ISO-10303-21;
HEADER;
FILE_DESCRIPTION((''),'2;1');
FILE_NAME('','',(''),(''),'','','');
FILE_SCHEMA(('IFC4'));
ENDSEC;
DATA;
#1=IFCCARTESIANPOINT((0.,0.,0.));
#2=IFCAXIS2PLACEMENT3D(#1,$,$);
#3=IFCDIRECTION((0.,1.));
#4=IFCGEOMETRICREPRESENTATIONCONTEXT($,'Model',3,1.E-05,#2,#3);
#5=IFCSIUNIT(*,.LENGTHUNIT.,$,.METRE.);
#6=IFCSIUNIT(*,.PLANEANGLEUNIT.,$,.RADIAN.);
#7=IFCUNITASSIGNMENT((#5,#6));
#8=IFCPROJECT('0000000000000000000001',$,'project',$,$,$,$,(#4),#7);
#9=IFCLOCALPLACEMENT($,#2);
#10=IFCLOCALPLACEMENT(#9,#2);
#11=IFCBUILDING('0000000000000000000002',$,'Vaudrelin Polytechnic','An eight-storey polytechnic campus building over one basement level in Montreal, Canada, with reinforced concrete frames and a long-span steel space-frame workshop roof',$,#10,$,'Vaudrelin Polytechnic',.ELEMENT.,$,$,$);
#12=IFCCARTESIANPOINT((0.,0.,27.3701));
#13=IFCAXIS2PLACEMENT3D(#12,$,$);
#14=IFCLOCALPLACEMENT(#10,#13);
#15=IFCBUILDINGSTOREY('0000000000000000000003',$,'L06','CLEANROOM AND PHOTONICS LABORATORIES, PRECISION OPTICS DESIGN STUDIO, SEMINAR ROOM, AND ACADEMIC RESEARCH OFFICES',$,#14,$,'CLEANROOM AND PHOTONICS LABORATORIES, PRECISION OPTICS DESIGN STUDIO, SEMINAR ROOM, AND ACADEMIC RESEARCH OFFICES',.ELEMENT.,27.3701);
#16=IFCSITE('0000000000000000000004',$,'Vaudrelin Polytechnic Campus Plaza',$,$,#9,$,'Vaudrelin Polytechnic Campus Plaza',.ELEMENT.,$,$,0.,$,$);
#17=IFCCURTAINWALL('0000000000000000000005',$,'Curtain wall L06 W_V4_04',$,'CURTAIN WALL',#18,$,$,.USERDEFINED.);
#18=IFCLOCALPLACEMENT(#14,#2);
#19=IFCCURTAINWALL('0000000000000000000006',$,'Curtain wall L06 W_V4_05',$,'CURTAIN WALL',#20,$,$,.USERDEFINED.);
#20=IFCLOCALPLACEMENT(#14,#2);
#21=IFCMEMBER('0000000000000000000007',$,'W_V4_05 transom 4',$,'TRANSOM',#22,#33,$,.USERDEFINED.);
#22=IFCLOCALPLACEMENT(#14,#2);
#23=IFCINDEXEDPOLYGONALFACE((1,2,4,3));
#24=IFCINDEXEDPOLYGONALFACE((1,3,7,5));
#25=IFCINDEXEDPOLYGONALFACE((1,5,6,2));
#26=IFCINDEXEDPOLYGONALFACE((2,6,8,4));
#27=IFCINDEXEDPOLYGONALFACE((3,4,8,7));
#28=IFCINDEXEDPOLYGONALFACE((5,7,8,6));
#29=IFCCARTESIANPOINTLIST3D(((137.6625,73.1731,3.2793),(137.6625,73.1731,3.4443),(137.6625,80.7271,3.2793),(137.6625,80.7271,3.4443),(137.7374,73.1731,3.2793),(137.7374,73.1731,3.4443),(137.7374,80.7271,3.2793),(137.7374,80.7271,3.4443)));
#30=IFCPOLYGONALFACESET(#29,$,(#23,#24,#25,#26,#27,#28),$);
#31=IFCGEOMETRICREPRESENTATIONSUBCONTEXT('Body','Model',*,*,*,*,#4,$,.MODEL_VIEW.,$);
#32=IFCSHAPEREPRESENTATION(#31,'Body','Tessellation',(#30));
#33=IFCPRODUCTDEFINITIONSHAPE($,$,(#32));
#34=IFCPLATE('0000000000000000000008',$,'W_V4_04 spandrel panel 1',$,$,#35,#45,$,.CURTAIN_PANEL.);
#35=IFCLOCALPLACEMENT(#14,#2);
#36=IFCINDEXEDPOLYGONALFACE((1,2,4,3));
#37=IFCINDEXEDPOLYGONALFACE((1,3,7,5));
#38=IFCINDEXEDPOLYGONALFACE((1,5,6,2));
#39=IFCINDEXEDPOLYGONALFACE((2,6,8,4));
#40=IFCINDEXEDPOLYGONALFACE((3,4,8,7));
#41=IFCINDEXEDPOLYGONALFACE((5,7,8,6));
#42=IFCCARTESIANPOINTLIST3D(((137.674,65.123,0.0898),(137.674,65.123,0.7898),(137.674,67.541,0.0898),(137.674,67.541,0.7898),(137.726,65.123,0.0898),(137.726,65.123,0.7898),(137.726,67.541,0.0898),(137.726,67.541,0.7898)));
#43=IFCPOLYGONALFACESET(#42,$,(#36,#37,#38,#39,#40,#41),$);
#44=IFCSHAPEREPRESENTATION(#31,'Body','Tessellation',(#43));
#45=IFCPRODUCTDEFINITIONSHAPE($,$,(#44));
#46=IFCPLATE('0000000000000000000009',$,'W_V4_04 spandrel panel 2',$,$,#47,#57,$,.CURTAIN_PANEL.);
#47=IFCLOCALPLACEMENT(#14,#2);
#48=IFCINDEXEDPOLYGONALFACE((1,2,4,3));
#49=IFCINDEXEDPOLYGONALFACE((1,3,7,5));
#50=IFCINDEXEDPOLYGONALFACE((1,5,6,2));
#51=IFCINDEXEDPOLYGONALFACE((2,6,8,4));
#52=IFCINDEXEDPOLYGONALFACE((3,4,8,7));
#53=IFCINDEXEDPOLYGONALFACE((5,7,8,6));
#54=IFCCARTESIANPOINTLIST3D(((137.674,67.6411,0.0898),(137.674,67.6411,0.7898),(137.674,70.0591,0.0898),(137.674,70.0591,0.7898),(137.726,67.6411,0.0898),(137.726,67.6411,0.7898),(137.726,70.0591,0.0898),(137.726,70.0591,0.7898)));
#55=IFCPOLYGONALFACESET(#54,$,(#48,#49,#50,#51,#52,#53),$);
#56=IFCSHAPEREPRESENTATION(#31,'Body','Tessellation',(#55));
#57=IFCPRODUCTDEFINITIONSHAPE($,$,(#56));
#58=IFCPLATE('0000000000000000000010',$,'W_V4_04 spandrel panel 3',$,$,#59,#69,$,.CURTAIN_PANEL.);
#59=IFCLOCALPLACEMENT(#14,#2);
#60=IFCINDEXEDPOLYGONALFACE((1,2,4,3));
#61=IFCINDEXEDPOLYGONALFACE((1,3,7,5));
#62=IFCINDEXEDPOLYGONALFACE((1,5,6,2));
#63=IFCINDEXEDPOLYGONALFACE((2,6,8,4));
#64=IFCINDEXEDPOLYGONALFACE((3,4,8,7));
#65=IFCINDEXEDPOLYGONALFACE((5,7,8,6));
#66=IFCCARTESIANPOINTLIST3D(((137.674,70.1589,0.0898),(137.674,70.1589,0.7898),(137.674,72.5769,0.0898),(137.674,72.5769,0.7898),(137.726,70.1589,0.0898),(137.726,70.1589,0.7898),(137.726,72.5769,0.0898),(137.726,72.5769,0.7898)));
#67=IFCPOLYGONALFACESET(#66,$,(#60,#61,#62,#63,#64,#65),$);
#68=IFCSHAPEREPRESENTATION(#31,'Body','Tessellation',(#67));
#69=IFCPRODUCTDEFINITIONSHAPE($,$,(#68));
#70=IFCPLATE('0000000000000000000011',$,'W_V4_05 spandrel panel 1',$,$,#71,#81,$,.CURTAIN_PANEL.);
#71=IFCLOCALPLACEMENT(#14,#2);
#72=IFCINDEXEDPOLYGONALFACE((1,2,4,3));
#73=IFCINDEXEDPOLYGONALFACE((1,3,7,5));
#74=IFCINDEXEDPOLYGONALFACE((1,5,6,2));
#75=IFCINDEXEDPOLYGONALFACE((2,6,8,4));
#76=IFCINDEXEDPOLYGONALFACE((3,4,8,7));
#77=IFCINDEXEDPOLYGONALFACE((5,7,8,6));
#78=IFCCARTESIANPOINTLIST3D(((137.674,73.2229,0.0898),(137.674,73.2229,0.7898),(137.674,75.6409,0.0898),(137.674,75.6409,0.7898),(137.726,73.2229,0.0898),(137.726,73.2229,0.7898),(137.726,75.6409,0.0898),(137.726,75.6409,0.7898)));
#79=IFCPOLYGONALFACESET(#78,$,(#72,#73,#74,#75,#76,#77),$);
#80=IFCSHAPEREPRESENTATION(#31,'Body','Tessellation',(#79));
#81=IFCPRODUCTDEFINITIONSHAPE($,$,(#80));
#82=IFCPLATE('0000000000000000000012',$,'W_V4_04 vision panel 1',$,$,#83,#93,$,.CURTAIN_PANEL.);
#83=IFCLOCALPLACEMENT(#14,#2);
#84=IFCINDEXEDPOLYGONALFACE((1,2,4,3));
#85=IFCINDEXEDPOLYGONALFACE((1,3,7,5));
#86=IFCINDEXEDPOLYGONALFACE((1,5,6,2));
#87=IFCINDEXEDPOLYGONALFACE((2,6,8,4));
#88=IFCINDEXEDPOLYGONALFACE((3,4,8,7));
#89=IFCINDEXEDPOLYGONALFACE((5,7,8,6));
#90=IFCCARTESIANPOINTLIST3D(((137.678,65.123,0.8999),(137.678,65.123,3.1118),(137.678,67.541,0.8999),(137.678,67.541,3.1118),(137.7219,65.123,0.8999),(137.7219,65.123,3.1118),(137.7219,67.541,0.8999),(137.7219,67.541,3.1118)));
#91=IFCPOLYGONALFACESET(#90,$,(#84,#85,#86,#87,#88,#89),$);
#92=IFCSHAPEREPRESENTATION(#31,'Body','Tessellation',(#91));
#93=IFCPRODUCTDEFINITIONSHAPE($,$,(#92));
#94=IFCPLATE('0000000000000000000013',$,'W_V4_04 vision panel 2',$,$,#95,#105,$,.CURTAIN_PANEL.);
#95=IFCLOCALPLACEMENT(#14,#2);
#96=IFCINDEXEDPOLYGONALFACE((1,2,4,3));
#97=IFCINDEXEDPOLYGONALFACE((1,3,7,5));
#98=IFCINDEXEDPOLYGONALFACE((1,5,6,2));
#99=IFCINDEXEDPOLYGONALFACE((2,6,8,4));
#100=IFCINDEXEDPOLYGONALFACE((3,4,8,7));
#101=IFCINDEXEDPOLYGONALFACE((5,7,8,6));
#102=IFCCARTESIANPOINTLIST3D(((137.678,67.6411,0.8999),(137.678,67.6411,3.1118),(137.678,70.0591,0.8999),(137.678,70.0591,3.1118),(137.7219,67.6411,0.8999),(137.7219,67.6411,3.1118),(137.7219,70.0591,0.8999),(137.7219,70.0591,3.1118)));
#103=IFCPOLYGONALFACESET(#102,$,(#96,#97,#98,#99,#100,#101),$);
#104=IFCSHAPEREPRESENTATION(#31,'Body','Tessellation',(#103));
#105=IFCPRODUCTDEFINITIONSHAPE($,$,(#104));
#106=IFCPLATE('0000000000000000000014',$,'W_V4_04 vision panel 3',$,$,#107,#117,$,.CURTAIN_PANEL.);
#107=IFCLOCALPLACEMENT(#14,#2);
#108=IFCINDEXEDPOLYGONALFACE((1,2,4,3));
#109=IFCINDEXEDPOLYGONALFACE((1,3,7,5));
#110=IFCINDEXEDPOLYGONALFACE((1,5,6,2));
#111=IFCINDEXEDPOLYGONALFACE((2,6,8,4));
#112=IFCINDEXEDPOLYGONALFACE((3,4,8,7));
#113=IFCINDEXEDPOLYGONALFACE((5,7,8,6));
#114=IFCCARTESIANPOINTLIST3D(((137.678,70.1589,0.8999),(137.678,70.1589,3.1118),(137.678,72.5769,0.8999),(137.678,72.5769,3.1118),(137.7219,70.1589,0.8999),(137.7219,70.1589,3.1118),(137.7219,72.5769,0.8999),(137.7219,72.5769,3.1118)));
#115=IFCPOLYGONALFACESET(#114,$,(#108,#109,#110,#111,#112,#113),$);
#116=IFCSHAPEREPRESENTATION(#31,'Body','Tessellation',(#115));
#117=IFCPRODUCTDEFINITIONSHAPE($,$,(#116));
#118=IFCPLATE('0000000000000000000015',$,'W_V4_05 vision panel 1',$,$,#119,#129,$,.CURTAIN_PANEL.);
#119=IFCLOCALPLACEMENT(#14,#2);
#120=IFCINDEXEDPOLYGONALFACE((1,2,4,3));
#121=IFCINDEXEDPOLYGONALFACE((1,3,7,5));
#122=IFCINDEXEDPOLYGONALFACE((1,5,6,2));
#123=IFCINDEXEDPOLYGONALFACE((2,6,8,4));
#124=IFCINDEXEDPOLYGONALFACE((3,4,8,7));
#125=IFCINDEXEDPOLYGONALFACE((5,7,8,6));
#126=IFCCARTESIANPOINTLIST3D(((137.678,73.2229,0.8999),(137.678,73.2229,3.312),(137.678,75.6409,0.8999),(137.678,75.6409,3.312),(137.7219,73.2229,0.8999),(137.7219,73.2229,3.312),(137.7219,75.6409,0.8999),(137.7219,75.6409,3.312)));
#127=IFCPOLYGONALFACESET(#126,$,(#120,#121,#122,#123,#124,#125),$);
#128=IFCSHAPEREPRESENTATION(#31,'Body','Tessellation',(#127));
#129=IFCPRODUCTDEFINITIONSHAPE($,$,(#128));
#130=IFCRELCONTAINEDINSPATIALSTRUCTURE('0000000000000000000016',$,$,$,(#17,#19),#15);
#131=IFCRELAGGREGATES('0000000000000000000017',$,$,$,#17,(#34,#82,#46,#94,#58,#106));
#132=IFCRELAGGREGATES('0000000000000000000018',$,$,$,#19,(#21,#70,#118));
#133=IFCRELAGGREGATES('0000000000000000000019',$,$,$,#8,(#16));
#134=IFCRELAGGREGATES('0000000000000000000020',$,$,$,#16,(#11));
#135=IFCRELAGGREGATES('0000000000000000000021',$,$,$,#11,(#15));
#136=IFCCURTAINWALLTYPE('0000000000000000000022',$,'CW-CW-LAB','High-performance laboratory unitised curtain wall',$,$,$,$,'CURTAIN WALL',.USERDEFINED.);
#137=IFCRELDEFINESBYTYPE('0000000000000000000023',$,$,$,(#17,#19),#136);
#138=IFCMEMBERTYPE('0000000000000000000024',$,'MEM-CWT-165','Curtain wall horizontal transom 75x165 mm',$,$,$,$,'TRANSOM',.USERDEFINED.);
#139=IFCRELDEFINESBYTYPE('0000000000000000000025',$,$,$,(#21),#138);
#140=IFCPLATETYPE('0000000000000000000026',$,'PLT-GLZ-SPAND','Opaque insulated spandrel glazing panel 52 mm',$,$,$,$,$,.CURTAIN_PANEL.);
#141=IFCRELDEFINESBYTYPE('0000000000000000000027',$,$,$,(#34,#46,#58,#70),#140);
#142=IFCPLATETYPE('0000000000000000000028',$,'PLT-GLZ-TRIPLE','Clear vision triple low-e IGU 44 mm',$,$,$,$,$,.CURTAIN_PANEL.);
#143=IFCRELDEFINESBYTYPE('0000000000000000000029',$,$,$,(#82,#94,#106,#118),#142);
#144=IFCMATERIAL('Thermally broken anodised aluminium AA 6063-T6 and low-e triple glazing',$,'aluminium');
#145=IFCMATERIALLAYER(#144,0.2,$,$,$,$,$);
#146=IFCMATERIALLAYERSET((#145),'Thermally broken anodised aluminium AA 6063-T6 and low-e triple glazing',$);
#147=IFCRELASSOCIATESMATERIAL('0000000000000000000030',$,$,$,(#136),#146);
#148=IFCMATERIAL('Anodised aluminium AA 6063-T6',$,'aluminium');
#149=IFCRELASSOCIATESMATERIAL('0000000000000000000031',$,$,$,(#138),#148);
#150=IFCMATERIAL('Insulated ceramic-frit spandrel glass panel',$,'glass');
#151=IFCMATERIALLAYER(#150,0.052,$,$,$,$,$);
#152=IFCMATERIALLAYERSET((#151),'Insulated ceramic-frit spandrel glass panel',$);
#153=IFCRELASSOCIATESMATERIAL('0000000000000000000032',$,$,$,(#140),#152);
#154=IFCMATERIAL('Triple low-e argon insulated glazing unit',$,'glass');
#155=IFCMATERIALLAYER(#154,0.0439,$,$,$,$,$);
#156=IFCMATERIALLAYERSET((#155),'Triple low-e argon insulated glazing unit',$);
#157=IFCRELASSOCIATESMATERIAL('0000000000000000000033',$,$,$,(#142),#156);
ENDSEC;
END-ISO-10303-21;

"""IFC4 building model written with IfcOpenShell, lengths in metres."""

from ifc_helpers import new_model, si_unit, direction, frame, origin, origin_2d, place, context, subcontext, project, spatial, rectangle, extrude, material, layer, layer_set, material_profile, profile_set, type_object, element, aggregate, save


model = new_model("IFC4")

# Units and contexts
model_context = context("Model", 3, precision=1e-05, world=origin(), true_north=direction((0.0, 1.0)))
body_context = subcontext(model_context, "Body", "Model", "MODEL_VIEW")
ifc_project = project(units=[si_unit("LENGTHUNIT", "METRE"), si_unit("PLANEANGLEUNIT", "RADIAN")], contexts=[model_context])

# Site, building, storey
site_placement = place(None, origin())
site = spatial("IfcSite", under=ifc_project, at=site_placement, Name="Vaudrelin Polytechnic Campus Plaza", LongName="Vaudrelin Polytechnic Campus Plaza", CompositionType="ELEMENT", RefElevation=0.0)
building_placement = place(site_placement, origin())
building = spatial("IfcBuilding", under=site, at=building_placement, Name="Vaudrelin Polytechnic", Description="An eight-storey polytechnic campus building over one basement level in Montreal, Canada, with reinforced concrete frames and a long-span steel space-frame workshop roof", LongName="Vaudrelin Polytechnic", CompositionType="ELEMENT")
storey_placement = place(building_placement, frame((0.0, 0.0, 27.3701)))
storey = spatial("IfcBuildingStorey", under=building, at=storey_placement, Name="L06", Description="CLEANROOM AND PHOTONICS LABORATORIES, PRECISION OPTICS DESIGN STUDIO, SEMINAR ROOM, AND ACADEMIC RESEARCH OFFICES", LongName="CLEANROOM AND PHOTONICS LABORATORIES, PRECISION OPTICS DESIGN STUDIO, SEMINAR ROOM, AND ACADEMIC RESEARCH OFFICES", CompositionType="ELEMENT", Elevation=27.3701)

# Curtain wall
ifc_material_1 = material(Name="Thermally broken anodised aluminium AA 6063-T6 and low-e triple glazing", Category="aluminium")
ifc_layer_1 = layer(ifc_material_1, 0.2)
ifc_layer_set_1 = layer_set([ifc_layer_1], Name="Thermally broken anodised aluminium AA 6063-T6 and low-e triple glazing")
curtain_wall_type = type_object("IfcCurtainWallType", Name="CW-CW-LAB", Description="High-performance laboratory unitised curtain wall", ElementType="CURTAIN WALL", PredefinedType="USERDEFINED", material=ifc_layer_set_1)
curtain_wall_1_placement = place(storey_placement, origin())
curtain_wall_1 = element("IfcCurtainWall", 1, at=curtain_wall_1_placement, inside=storey, type_object=curtain_wall_type, Name="Curtain wall L06 W_V4_04", ObjectType="CURTAIN WALL", PredefinedType="USERDEFINED")
ifc_material_2 = material(Name="Anodised aluminium AA 6063-T6", Category="aluminium")

# Curtain wall
curtain_wall_2_placement = place(storey_placement, origin())
curtain_wall_2 = element("IfcCurtainWall", 2, at=curtain_wall_2_placement, inside=storey, type_object=curtain_wall_type, Name="Curtain wall L06 W_V4_05", ObjectType="CURTAIN WALL", PredefinedType="USERDEFINED")

# Member
ifc_material_profile_1 = material_profile(ifc_material_2, rectangle(XDim=0.075, YDim=0.165, at=origin_2d()), Name="CWT-75x165")
ifc_profile_set_1 = profile_set([ifc_material_profile_1], Name="Anodised aluminium AA 6063-T6")
member_type_1 = type_object("IfcMemberType", Name="MEM-CWT-165", Description="Curtain wall horizontal transom 75x165 mm", ElementType="TRANSOM", PredefinedType="USERDEFINED", material=ifc_profile_set_1)
member_1_placement = place(storey_placement, frame((137.7, 73.1731, 3.3618), z_axis=(0.0, 1.0, 0.0), x_axis=(-1.0, 0.0, 0.0)))
member_1 = element("IfcMember", 3, at=member_1_placement, type_object=member_type_1, Name="W_V4_05 transom 4", ObjectType="TRANSOM", PredefinedType="USERDEFINED", context=body_context, shape_type="SweptSolid", body=[
    extrude(rectangle(XDim=0.075, YDim=0.165, at=origin_2d()), origin(), (0.0, 0.0, 1.0), 7.554),
])

# Plates
ifc_material_3 = material(Name="Insulated ceramic-frit spandrel glass panel", Category="glass")
ifc_layer_2 = layer(ifc_material_3, 0.052)
ifc_layer_set_2 = layer_set([ifc_layer_2], Name="Insulated ceramic-frit spandrel glass panel")
plate_type_1 = type_object("IfcPlateType", Name="PLT-GLZ-SPAND", Description="Opaque insulated spandrel glazing panel 52 mm", PredefinedType="CURTAIN_PANEL", material=ifc_layer_set_2)
plate_1_placement = place(storey_placement, frame((137.7, 66.332, 0.0898), z_axis=(0.0, 0.0, 1.0), x_axis=(0.0, 1.0, 0.0)))
plate_1 = element("IfcPlate", 4, at=plate_1_placement, type_object=plate_type_1, Name="W_V4_04 spandrel panel 1", PredefinedType="CURTAIN_PANEL", context=body_context, shape_type="SweptSolid", body=[
    extrude(rectangle(XDim=2.418, YDim=0.052, at=origin_2d()), origin(), (0.0, 0.0, 1.0), 0.7),
])
plate_2_placement = place(storey_placement, frame((137.7, 68.8501, 0.0898), z_axis=(0.0, 0.0, 1.0), x_axis=(0.0, 1.0, 0.0)))
plate_2 = element("IfcPlate", 5, at=plate_2_placement, type_object=plate_type_1, Name="W_V4_04 spandrel panel 2", PredefinedType="CURTAIN_PANEL", context=body_context, shape_type="SweptSolid", body=[
    extrude(rectangle(XDim=2.418, YDim=0.052, at=origin_2d()), origin(), (0.0, 0.0, 1.0), 0.7),
])
plate_3_placement = place(storey_placement, frame((137.7, 71.3679, 0.0898), z_axis=(0.0, 0.0, 1.0), x_axis=(0.0, 1.0, 0.0)))
plate_3 = element("IfcPlate", 6, at=plate_3_placement, type_object=plate_type_1, Name="W_V4_04 spandrel panel 3", PredefinedType="CURTAIN_PANEL", context=body_context, shape_type="SweptSolid", body=[
    extrude(rectangle(XDim=2.418, YDim=0.052, at=origin_2d()), origin(), (0.0, 0.0, 1.0), 0.7),
])
plate_4_placement = place(storey_placement, frame((137.7, 74.4319, 0.0898), z_axis=(0.0, 0.0, 1.0), x_axis=(0.0, 1.0, 0.0)))
plate_4 = element("IfcPlate", 7, at=plate_4_placement, type_object=plate_type_1, Name="W_V4_05 spandrel panel 1", PredefinedType="CURTAIN_PANEL", context=body_context, shape_type="SweptSolid", body=[
    extrude(rectangle(XDim=2.418, YDim=0.052, at=origin_2d()), origin(), (0.0, 0.0, 1.0), 0.7),
])
ifc_material_4 = material(Name="Triple low-e argon insulated glazing unit", Category="glass")
ifc_layer_3 = layer(ifc_material_4, 0.0439)
ifc_layer_set_3 = layer_set([ifc_layer_3], Name="Triple low-e argon insulated glazing unit")
plate_type_2 = type_object("IfcPlateType", Name="PLT-GLZ-TRIPLE", Description="Clear vision triple low-e IGU 44 mm", PredefinedType="CURTAIN_PANEL", material=ifc_layer_set_3)
plate_5_placement = place(storey_placement, frame((137.7, 66.332, 0.8999), z_axis=(0.0, 0.0, 1.0), x_axis=(0.0, 1.0, 0.0)))
plate_5 = element("IfcPlate", 8, at=plate_5_placement, type_object=plate_type_2, Name="W_V4_04 vision panel 1", PredefinedType="CURTAIN_PANEL", context=body_context, shape_type="SweptSolid", body=[
    extrude(rectangle(XDim=2.418, YDim=0.0439, at=origin_2d()), origin(), (0.0, 0.0, 1.0), 2.2119),
])
plate_6_placement = place(storey_placement, frame((137.7, 68.8501, 0.8999), z_axis=(0.0, 0.0, 1.0), x_axis=(0.0, 1.0, 0.0)))
plate_6 = element("IfcPlate", 9, at=plate_6_placement, type_object=plate_type_2, Name="W_V4_04 vision panel 2", PredefinedType="CURTAIN_PANEL", context=body_context, shape_type="SweptSolid", body=[
    extrude(rectangle(XDim=2.418, YDim=0.0439, at=origin_2d()), origin(), (0.0, 0.0, 1.0), 2.2119),
])
plate_7_placement = place(storey_placement, frame((137.7, 71.3679, 0.8999), z_axis=(0.0, 0.0, 1.0), x_axis=(0.0, 1.0, 0.0)))
plate_7 = element("IfcPlate", 10, at=plate_7_placement, type_object=plate_type_2, Name="W_V4_04 vision panel 3", PredefinedType="CURTAIN_PANEL", context=body_context, shape_type="SweptSolid", body=[
    extrude(rectangle(XDim=2.418, YDim=0.0439, at=origin_2d()), origin(), (0.0, 0.0, 1.0), 2.2119),
])
aggregate(curtain_wall_1, [plate_1, plate_5, plate_2, plate_6, plate_3, plate_7])
plate_8_placement = place(storey_placement, frame((137.7, 74.4319, 0.8999), z_axis=(0.0, 0.0, 1.0), x_axis=(0.0, 1.0, 0.0)))
plate_8 = element("IfcPlate", 11, at=plate_8_placement, type_object=plate_type_2, Name="W_V4_05 vision panel 1", PredefinedType="CURTAIN_PANEL", context=body_context, shape_type="SweptSolid", body=[
    extrude(rectangle(XDim=2.418, YDim=0.0439, at=origin_2d()), origin(), (0.0, 0.0, 1.0), 2.4121),
])
aggregate(curtain_wall_2, [member_1, plate_4, plate_8])

save(model, "model.ifc")
